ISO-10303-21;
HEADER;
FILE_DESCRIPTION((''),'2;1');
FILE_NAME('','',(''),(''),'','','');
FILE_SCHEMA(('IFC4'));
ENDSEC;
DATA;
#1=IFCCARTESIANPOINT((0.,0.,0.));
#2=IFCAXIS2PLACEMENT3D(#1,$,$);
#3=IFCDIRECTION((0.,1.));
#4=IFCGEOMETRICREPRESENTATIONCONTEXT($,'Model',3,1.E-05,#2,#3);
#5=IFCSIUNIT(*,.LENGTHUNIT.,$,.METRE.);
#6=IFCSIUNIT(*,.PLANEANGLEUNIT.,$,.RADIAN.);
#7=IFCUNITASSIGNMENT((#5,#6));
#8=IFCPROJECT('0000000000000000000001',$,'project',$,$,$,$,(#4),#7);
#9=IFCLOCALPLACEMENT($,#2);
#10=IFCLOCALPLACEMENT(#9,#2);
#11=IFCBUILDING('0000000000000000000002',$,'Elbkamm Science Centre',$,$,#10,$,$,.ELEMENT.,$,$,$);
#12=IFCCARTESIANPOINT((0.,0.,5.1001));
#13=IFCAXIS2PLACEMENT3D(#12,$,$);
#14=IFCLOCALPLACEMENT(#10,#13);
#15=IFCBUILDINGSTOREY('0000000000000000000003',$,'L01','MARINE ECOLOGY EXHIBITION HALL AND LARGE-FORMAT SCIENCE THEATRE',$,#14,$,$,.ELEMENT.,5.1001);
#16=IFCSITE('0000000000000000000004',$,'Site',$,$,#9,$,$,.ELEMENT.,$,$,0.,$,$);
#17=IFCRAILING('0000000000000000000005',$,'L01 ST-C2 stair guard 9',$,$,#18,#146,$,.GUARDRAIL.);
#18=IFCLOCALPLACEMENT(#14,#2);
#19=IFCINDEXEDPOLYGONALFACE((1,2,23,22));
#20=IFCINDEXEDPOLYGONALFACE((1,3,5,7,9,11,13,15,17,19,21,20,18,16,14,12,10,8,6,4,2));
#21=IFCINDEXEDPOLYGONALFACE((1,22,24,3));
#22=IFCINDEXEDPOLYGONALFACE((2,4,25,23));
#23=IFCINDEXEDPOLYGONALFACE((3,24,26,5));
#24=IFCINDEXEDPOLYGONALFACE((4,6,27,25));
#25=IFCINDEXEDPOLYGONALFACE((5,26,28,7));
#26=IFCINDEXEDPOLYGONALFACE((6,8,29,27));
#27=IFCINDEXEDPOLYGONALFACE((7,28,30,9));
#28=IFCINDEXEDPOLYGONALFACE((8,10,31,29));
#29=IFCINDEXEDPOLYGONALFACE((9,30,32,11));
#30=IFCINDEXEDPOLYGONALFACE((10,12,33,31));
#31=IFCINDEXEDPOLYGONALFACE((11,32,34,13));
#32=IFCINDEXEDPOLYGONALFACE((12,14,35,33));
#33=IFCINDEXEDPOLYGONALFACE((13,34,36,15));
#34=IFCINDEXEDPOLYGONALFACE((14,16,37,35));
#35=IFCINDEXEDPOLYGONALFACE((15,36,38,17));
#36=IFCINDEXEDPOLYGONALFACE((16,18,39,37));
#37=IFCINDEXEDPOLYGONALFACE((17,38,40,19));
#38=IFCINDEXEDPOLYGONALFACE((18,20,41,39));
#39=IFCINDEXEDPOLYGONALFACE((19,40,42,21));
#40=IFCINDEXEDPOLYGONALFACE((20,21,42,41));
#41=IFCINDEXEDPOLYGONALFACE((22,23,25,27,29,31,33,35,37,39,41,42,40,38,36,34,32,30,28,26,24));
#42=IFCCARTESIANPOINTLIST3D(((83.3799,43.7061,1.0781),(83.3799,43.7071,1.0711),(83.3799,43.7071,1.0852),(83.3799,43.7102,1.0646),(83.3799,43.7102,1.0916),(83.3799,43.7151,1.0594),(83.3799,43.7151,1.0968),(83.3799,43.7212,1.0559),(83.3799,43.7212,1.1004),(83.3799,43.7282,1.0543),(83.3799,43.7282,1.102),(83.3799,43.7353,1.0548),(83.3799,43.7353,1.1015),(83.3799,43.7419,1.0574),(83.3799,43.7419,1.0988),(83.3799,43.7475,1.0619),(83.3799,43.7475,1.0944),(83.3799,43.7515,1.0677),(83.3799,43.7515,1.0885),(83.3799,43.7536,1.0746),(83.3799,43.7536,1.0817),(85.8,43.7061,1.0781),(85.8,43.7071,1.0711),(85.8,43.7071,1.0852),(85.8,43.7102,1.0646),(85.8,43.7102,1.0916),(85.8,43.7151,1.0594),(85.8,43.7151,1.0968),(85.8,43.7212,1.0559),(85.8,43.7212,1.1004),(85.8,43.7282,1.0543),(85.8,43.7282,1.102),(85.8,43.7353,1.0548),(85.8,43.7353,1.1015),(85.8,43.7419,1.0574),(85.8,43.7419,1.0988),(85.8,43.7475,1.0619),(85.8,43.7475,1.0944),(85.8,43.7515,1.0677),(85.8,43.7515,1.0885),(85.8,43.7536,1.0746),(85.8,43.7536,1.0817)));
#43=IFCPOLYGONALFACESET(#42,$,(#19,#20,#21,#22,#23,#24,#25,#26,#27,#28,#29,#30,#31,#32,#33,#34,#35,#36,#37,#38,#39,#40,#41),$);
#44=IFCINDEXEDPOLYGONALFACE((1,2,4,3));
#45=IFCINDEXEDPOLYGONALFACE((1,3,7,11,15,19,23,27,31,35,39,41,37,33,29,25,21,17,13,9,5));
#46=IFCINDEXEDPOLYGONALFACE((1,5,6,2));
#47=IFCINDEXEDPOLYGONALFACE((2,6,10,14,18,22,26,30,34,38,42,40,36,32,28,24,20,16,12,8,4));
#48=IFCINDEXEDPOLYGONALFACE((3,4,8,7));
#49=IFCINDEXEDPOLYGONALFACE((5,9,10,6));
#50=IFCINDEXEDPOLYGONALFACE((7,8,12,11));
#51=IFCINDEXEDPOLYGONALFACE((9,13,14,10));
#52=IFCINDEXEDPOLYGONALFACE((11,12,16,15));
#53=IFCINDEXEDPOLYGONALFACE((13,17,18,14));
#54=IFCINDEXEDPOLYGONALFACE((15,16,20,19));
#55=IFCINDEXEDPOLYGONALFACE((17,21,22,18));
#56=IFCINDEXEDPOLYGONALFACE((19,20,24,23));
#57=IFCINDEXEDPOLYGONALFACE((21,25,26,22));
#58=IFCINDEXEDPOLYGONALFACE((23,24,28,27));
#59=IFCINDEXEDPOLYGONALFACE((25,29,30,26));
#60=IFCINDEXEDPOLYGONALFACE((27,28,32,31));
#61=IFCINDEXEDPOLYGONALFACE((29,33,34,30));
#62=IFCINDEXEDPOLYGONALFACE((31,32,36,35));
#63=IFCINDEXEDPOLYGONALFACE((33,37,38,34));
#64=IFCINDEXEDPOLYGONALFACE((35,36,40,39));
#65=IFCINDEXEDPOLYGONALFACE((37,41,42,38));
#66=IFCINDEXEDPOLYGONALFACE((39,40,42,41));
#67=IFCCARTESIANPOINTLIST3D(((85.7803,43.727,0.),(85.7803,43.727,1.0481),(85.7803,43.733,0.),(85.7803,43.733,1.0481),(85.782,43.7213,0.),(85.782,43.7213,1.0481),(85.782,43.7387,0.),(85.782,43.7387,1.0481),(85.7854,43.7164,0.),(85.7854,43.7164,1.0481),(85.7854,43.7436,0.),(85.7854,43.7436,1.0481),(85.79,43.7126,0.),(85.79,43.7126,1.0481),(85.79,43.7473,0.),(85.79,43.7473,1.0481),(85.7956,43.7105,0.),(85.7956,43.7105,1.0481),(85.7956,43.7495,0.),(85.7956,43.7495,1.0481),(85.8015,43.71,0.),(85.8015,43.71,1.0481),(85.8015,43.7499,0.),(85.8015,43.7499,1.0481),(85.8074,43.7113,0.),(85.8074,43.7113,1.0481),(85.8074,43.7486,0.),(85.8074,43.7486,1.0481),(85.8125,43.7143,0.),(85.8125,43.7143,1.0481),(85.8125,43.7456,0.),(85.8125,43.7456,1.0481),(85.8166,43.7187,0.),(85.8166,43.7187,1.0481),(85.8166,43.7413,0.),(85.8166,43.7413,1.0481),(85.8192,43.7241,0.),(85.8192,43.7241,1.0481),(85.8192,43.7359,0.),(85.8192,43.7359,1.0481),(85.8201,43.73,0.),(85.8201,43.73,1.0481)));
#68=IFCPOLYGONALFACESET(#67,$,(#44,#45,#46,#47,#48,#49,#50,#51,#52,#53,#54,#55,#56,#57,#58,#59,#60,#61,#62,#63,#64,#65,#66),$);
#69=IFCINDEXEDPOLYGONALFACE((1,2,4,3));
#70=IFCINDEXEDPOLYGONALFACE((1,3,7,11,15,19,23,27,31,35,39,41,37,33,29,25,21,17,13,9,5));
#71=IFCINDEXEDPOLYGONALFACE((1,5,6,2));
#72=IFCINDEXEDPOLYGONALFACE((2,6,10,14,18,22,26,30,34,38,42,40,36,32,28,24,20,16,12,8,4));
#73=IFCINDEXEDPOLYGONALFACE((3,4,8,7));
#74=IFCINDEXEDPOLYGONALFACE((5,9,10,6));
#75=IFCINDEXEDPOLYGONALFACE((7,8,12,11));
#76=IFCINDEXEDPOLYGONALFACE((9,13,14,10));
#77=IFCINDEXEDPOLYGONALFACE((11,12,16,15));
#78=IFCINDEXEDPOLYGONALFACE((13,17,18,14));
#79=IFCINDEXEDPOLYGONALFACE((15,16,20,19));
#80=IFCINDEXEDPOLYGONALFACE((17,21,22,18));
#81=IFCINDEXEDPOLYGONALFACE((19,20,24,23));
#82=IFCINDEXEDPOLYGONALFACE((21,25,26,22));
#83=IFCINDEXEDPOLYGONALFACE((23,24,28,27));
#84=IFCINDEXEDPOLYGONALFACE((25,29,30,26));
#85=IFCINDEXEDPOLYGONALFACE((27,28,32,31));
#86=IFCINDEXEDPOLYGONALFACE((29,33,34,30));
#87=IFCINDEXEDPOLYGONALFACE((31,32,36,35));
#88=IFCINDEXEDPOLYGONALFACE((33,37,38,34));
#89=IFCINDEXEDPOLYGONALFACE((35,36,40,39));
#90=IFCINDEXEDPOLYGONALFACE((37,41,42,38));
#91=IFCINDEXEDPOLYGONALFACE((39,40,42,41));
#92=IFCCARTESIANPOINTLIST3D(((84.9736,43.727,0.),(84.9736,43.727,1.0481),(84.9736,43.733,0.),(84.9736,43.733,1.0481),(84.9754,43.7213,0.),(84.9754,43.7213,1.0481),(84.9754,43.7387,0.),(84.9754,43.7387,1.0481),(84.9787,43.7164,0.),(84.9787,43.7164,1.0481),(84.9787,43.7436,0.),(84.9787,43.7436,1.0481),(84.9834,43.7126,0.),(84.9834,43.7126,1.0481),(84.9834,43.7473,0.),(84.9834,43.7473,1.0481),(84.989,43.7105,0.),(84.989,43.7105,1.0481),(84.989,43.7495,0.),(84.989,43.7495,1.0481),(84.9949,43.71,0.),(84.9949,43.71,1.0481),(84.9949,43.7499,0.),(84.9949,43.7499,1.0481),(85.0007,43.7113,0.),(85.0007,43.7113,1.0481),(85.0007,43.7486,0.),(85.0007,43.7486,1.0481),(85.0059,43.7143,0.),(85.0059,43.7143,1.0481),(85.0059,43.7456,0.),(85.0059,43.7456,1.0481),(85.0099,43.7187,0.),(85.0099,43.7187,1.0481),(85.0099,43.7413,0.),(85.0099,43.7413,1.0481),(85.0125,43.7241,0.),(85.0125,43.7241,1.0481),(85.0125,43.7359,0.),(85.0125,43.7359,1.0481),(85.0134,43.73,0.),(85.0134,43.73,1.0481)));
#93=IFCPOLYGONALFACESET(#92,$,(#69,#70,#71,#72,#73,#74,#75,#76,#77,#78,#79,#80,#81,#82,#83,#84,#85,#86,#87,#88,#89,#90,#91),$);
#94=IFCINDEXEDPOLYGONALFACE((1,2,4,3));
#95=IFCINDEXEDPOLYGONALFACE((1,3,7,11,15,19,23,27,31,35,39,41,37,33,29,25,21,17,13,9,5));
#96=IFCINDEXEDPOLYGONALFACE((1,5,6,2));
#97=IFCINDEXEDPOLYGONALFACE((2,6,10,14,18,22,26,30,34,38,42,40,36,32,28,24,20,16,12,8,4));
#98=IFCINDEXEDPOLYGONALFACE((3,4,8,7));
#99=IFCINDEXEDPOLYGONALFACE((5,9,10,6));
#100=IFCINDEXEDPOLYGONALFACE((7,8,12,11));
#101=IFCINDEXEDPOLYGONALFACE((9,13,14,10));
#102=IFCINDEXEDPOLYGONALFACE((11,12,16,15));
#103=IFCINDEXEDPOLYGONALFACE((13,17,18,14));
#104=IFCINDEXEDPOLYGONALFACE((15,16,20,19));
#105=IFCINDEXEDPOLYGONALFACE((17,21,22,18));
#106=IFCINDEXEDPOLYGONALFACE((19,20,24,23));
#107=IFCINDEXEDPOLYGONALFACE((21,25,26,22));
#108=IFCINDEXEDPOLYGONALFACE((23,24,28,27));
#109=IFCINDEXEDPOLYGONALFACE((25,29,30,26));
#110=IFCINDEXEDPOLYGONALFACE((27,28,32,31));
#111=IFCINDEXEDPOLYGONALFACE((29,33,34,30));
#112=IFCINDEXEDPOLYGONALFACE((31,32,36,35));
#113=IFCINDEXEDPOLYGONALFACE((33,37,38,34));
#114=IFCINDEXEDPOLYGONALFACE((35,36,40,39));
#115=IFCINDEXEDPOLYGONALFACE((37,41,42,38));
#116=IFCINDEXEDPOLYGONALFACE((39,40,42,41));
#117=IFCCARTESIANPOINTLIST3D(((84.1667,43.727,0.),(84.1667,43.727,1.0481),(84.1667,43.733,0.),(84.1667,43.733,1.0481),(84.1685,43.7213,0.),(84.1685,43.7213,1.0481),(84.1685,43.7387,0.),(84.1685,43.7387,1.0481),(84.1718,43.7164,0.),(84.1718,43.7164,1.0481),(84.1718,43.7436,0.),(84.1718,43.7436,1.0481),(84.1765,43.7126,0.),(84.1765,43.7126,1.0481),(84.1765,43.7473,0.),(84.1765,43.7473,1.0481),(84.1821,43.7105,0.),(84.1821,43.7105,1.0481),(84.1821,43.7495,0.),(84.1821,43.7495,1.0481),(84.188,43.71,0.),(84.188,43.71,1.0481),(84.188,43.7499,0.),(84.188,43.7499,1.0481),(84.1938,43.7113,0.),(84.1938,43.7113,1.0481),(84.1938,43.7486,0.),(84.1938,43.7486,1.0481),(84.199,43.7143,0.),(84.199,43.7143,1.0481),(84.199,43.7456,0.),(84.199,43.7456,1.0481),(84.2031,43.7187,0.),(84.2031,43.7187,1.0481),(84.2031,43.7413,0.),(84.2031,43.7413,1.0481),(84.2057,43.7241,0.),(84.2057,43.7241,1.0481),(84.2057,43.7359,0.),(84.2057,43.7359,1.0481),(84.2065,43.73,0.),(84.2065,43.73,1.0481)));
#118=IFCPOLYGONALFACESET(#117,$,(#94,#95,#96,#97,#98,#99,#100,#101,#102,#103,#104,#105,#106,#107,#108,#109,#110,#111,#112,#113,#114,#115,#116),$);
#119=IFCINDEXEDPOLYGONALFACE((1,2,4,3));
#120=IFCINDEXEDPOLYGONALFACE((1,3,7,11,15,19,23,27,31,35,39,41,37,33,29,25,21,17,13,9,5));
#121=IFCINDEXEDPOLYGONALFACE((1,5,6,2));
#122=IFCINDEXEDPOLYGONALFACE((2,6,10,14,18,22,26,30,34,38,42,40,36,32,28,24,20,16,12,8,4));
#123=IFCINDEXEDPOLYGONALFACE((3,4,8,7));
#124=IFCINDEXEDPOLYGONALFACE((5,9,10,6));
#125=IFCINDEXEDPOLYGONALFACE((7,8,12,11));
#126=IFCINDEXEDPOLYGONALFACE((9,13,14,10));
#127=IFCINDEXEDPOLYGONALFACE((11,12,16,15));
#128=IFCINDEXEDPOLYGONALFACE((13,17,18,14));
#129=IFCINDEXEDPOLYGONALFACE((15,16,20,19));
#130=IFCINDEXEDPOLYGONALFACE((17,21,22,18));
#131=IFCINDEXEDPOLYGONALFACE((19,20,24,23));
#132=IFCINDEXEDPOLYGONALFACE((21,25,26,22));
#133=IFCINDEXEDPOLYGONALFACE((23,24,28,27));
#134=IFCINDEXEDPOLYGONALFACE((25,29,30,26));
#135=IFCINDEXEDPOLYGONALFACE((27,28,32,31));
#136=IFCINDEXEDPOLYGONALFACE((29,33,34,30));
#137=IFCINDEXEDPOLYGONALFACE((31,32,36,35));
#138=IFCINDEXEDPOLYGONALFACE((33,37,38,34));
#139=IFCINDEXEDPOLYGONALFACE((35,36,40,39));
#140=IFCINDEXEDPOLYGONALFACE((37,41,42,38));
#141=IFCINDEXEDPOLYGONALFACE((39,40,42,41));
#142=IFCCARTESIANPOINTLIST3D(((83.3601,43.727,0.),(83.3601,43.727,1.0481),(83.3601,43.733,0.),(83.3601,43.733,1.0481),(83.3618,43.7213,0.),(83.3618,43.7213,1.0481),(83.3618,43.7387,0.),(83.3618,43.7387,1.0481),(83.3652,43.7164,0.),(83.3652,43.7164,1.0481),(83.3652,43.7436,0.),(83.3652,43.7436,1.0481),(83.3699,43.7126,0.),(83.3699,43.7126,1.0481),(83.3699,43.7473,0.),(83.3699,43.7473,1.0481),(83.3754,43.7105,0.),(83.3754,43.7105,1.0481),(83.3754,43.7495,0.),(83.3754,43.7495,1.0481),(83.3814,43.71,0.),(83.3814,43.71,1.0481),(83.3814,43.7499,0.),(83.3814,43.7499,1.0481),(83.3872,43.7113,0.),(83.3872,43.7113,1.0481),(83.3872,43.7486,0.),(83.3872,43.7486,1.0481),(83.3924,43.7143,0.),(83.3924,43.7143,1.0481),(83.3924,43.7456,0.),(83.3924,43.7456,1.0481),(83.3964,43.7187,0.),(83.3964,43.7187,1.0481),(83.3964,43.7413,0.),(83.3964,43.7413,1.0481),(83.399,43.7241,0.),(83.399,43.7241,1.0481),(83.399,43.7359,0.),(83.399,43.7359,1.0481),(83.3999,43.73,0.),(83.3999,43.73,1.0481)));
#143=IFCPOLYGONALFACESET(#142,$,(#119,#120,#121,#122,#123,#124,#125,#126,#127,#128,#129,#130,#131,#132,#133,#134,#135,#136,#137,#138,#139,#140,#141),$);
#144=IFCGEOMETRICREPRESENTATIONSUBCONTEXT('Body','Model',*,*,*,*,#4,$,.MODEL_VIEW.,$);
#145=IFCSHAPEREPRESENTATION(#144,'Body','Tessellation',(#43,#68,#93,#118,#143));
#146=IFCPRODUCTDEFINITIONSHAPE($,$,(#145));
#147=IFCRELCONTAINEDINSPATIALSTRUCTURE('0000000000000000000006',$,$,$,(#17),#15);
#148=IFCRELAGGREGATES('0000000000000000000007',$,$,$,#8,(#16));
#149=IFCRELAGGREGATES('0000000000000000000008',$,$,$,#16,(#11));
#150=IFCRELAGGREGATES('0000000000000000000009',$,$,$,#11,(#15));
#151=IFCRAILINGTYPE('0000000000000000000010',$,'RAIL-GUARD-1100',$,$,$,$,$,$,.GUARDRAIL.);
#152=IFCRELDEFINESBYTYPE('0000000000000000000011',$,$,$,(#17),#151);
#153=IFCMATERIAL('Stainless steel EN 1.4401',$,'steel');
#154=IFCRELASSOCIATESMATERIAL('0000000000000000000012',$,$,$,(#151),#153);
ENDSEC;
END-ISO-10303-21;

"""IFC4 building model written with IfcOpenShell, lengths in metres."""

from ifc_helpers import new_model, si_unit, direction, frame, origin, origin_2d, place, context, subcontext, project, spatial, circle, extrude, material, type_object, element, save


model = new_model("IFC4")

# Units and contexts
model_context = context("Model", 3, precision=1e-05, world=origin(), true_north=direction((0.0, 1.0)))
body_context = subcontext(model_context, "Body", "Model", "MODEL_VIEW")
ifc_project = project(units=[si_unit("LENGTHUNIT", "METRE"), si_unit("PLANEANGLEUNIT", "RADIAN")], contexts=[model_context])

# Site, building, storey
site_placement = place(None, origin())
site = spatial("IfcSite", under=ifc_project, at=site_placement, Name="Site", CompositionType="ELEMENT", RefElevation=0.0)
building_placement = place(site_placement, origin())
building = spatial("IfcBuilding", under=site, at=building_placement, Name="Elbkamm Science Centre", CompositionType="ELEMENT")
storey_placement = place(building_placement, frame((0.0, 0.0, 5.1001)))
storey = spatial("IfcBuildingStorey", under=building, at=storey_placement, Name="L01", Description="MARINE ECOLOGY EXHIBITION HALL AND LARGE-FORMAT SCIENCE THEATRE", CompositionType="ELEMENT", Elevation=5.1001)

# Railing
ifc_material_1 = material(Name="Stainless steel EN 1.4401", Category="steel")
railing_type_1 = type_object("IfcRailingType", Name="RAIL-GUARD-1100", PredefinedType="GUARDRAIL", material=ifc_material_1)
railing_1_placement = place(storey_placement, frame((85.8, 43.73, 0.0)))
element("IfcRailing", 1, at=railing_1_placement, inside=storey, type_object=railing_type_1, Name="L01 ST-C2 stair guard 9", PredefinedType="GUARDRAIL", context=body_context, shape_type="SweptSolid", body=[
    extrude(circle(Radius=0.0239, at=origin_2d()), frame((0.0, 0.0, 1.0781), z_axis=(-1.0, 0.0, 0.0), x_axis=(0.0, -1.0, 0.0)), (0.0, 0.0, 1.0), 2.4202),
    extrude(circle(Radius=0.02, at=origin_2d()), origin(), (0.0, 0.0, 1.0), 1.0481),
    extrude(circle(Radius=0.02, at=origin_2d()), frame((-0.8066, 0.0, 0.0)), (0.0, 0.0, 1.0), 1.0481),
    extrude(circle(Radius=0.02, at=origin_2d()), frame((-1.6135, 0.0, 0.0)), (0.0, 0.0, 1.0), 1.0481),
    extrude(circle(Radius=0.02, at=origin_2d()), frame((-2.4202, 0.0, 0.0)), (0.0, 0.0, 1.0), 1.0481),
])

save(model, "model.ifc")
